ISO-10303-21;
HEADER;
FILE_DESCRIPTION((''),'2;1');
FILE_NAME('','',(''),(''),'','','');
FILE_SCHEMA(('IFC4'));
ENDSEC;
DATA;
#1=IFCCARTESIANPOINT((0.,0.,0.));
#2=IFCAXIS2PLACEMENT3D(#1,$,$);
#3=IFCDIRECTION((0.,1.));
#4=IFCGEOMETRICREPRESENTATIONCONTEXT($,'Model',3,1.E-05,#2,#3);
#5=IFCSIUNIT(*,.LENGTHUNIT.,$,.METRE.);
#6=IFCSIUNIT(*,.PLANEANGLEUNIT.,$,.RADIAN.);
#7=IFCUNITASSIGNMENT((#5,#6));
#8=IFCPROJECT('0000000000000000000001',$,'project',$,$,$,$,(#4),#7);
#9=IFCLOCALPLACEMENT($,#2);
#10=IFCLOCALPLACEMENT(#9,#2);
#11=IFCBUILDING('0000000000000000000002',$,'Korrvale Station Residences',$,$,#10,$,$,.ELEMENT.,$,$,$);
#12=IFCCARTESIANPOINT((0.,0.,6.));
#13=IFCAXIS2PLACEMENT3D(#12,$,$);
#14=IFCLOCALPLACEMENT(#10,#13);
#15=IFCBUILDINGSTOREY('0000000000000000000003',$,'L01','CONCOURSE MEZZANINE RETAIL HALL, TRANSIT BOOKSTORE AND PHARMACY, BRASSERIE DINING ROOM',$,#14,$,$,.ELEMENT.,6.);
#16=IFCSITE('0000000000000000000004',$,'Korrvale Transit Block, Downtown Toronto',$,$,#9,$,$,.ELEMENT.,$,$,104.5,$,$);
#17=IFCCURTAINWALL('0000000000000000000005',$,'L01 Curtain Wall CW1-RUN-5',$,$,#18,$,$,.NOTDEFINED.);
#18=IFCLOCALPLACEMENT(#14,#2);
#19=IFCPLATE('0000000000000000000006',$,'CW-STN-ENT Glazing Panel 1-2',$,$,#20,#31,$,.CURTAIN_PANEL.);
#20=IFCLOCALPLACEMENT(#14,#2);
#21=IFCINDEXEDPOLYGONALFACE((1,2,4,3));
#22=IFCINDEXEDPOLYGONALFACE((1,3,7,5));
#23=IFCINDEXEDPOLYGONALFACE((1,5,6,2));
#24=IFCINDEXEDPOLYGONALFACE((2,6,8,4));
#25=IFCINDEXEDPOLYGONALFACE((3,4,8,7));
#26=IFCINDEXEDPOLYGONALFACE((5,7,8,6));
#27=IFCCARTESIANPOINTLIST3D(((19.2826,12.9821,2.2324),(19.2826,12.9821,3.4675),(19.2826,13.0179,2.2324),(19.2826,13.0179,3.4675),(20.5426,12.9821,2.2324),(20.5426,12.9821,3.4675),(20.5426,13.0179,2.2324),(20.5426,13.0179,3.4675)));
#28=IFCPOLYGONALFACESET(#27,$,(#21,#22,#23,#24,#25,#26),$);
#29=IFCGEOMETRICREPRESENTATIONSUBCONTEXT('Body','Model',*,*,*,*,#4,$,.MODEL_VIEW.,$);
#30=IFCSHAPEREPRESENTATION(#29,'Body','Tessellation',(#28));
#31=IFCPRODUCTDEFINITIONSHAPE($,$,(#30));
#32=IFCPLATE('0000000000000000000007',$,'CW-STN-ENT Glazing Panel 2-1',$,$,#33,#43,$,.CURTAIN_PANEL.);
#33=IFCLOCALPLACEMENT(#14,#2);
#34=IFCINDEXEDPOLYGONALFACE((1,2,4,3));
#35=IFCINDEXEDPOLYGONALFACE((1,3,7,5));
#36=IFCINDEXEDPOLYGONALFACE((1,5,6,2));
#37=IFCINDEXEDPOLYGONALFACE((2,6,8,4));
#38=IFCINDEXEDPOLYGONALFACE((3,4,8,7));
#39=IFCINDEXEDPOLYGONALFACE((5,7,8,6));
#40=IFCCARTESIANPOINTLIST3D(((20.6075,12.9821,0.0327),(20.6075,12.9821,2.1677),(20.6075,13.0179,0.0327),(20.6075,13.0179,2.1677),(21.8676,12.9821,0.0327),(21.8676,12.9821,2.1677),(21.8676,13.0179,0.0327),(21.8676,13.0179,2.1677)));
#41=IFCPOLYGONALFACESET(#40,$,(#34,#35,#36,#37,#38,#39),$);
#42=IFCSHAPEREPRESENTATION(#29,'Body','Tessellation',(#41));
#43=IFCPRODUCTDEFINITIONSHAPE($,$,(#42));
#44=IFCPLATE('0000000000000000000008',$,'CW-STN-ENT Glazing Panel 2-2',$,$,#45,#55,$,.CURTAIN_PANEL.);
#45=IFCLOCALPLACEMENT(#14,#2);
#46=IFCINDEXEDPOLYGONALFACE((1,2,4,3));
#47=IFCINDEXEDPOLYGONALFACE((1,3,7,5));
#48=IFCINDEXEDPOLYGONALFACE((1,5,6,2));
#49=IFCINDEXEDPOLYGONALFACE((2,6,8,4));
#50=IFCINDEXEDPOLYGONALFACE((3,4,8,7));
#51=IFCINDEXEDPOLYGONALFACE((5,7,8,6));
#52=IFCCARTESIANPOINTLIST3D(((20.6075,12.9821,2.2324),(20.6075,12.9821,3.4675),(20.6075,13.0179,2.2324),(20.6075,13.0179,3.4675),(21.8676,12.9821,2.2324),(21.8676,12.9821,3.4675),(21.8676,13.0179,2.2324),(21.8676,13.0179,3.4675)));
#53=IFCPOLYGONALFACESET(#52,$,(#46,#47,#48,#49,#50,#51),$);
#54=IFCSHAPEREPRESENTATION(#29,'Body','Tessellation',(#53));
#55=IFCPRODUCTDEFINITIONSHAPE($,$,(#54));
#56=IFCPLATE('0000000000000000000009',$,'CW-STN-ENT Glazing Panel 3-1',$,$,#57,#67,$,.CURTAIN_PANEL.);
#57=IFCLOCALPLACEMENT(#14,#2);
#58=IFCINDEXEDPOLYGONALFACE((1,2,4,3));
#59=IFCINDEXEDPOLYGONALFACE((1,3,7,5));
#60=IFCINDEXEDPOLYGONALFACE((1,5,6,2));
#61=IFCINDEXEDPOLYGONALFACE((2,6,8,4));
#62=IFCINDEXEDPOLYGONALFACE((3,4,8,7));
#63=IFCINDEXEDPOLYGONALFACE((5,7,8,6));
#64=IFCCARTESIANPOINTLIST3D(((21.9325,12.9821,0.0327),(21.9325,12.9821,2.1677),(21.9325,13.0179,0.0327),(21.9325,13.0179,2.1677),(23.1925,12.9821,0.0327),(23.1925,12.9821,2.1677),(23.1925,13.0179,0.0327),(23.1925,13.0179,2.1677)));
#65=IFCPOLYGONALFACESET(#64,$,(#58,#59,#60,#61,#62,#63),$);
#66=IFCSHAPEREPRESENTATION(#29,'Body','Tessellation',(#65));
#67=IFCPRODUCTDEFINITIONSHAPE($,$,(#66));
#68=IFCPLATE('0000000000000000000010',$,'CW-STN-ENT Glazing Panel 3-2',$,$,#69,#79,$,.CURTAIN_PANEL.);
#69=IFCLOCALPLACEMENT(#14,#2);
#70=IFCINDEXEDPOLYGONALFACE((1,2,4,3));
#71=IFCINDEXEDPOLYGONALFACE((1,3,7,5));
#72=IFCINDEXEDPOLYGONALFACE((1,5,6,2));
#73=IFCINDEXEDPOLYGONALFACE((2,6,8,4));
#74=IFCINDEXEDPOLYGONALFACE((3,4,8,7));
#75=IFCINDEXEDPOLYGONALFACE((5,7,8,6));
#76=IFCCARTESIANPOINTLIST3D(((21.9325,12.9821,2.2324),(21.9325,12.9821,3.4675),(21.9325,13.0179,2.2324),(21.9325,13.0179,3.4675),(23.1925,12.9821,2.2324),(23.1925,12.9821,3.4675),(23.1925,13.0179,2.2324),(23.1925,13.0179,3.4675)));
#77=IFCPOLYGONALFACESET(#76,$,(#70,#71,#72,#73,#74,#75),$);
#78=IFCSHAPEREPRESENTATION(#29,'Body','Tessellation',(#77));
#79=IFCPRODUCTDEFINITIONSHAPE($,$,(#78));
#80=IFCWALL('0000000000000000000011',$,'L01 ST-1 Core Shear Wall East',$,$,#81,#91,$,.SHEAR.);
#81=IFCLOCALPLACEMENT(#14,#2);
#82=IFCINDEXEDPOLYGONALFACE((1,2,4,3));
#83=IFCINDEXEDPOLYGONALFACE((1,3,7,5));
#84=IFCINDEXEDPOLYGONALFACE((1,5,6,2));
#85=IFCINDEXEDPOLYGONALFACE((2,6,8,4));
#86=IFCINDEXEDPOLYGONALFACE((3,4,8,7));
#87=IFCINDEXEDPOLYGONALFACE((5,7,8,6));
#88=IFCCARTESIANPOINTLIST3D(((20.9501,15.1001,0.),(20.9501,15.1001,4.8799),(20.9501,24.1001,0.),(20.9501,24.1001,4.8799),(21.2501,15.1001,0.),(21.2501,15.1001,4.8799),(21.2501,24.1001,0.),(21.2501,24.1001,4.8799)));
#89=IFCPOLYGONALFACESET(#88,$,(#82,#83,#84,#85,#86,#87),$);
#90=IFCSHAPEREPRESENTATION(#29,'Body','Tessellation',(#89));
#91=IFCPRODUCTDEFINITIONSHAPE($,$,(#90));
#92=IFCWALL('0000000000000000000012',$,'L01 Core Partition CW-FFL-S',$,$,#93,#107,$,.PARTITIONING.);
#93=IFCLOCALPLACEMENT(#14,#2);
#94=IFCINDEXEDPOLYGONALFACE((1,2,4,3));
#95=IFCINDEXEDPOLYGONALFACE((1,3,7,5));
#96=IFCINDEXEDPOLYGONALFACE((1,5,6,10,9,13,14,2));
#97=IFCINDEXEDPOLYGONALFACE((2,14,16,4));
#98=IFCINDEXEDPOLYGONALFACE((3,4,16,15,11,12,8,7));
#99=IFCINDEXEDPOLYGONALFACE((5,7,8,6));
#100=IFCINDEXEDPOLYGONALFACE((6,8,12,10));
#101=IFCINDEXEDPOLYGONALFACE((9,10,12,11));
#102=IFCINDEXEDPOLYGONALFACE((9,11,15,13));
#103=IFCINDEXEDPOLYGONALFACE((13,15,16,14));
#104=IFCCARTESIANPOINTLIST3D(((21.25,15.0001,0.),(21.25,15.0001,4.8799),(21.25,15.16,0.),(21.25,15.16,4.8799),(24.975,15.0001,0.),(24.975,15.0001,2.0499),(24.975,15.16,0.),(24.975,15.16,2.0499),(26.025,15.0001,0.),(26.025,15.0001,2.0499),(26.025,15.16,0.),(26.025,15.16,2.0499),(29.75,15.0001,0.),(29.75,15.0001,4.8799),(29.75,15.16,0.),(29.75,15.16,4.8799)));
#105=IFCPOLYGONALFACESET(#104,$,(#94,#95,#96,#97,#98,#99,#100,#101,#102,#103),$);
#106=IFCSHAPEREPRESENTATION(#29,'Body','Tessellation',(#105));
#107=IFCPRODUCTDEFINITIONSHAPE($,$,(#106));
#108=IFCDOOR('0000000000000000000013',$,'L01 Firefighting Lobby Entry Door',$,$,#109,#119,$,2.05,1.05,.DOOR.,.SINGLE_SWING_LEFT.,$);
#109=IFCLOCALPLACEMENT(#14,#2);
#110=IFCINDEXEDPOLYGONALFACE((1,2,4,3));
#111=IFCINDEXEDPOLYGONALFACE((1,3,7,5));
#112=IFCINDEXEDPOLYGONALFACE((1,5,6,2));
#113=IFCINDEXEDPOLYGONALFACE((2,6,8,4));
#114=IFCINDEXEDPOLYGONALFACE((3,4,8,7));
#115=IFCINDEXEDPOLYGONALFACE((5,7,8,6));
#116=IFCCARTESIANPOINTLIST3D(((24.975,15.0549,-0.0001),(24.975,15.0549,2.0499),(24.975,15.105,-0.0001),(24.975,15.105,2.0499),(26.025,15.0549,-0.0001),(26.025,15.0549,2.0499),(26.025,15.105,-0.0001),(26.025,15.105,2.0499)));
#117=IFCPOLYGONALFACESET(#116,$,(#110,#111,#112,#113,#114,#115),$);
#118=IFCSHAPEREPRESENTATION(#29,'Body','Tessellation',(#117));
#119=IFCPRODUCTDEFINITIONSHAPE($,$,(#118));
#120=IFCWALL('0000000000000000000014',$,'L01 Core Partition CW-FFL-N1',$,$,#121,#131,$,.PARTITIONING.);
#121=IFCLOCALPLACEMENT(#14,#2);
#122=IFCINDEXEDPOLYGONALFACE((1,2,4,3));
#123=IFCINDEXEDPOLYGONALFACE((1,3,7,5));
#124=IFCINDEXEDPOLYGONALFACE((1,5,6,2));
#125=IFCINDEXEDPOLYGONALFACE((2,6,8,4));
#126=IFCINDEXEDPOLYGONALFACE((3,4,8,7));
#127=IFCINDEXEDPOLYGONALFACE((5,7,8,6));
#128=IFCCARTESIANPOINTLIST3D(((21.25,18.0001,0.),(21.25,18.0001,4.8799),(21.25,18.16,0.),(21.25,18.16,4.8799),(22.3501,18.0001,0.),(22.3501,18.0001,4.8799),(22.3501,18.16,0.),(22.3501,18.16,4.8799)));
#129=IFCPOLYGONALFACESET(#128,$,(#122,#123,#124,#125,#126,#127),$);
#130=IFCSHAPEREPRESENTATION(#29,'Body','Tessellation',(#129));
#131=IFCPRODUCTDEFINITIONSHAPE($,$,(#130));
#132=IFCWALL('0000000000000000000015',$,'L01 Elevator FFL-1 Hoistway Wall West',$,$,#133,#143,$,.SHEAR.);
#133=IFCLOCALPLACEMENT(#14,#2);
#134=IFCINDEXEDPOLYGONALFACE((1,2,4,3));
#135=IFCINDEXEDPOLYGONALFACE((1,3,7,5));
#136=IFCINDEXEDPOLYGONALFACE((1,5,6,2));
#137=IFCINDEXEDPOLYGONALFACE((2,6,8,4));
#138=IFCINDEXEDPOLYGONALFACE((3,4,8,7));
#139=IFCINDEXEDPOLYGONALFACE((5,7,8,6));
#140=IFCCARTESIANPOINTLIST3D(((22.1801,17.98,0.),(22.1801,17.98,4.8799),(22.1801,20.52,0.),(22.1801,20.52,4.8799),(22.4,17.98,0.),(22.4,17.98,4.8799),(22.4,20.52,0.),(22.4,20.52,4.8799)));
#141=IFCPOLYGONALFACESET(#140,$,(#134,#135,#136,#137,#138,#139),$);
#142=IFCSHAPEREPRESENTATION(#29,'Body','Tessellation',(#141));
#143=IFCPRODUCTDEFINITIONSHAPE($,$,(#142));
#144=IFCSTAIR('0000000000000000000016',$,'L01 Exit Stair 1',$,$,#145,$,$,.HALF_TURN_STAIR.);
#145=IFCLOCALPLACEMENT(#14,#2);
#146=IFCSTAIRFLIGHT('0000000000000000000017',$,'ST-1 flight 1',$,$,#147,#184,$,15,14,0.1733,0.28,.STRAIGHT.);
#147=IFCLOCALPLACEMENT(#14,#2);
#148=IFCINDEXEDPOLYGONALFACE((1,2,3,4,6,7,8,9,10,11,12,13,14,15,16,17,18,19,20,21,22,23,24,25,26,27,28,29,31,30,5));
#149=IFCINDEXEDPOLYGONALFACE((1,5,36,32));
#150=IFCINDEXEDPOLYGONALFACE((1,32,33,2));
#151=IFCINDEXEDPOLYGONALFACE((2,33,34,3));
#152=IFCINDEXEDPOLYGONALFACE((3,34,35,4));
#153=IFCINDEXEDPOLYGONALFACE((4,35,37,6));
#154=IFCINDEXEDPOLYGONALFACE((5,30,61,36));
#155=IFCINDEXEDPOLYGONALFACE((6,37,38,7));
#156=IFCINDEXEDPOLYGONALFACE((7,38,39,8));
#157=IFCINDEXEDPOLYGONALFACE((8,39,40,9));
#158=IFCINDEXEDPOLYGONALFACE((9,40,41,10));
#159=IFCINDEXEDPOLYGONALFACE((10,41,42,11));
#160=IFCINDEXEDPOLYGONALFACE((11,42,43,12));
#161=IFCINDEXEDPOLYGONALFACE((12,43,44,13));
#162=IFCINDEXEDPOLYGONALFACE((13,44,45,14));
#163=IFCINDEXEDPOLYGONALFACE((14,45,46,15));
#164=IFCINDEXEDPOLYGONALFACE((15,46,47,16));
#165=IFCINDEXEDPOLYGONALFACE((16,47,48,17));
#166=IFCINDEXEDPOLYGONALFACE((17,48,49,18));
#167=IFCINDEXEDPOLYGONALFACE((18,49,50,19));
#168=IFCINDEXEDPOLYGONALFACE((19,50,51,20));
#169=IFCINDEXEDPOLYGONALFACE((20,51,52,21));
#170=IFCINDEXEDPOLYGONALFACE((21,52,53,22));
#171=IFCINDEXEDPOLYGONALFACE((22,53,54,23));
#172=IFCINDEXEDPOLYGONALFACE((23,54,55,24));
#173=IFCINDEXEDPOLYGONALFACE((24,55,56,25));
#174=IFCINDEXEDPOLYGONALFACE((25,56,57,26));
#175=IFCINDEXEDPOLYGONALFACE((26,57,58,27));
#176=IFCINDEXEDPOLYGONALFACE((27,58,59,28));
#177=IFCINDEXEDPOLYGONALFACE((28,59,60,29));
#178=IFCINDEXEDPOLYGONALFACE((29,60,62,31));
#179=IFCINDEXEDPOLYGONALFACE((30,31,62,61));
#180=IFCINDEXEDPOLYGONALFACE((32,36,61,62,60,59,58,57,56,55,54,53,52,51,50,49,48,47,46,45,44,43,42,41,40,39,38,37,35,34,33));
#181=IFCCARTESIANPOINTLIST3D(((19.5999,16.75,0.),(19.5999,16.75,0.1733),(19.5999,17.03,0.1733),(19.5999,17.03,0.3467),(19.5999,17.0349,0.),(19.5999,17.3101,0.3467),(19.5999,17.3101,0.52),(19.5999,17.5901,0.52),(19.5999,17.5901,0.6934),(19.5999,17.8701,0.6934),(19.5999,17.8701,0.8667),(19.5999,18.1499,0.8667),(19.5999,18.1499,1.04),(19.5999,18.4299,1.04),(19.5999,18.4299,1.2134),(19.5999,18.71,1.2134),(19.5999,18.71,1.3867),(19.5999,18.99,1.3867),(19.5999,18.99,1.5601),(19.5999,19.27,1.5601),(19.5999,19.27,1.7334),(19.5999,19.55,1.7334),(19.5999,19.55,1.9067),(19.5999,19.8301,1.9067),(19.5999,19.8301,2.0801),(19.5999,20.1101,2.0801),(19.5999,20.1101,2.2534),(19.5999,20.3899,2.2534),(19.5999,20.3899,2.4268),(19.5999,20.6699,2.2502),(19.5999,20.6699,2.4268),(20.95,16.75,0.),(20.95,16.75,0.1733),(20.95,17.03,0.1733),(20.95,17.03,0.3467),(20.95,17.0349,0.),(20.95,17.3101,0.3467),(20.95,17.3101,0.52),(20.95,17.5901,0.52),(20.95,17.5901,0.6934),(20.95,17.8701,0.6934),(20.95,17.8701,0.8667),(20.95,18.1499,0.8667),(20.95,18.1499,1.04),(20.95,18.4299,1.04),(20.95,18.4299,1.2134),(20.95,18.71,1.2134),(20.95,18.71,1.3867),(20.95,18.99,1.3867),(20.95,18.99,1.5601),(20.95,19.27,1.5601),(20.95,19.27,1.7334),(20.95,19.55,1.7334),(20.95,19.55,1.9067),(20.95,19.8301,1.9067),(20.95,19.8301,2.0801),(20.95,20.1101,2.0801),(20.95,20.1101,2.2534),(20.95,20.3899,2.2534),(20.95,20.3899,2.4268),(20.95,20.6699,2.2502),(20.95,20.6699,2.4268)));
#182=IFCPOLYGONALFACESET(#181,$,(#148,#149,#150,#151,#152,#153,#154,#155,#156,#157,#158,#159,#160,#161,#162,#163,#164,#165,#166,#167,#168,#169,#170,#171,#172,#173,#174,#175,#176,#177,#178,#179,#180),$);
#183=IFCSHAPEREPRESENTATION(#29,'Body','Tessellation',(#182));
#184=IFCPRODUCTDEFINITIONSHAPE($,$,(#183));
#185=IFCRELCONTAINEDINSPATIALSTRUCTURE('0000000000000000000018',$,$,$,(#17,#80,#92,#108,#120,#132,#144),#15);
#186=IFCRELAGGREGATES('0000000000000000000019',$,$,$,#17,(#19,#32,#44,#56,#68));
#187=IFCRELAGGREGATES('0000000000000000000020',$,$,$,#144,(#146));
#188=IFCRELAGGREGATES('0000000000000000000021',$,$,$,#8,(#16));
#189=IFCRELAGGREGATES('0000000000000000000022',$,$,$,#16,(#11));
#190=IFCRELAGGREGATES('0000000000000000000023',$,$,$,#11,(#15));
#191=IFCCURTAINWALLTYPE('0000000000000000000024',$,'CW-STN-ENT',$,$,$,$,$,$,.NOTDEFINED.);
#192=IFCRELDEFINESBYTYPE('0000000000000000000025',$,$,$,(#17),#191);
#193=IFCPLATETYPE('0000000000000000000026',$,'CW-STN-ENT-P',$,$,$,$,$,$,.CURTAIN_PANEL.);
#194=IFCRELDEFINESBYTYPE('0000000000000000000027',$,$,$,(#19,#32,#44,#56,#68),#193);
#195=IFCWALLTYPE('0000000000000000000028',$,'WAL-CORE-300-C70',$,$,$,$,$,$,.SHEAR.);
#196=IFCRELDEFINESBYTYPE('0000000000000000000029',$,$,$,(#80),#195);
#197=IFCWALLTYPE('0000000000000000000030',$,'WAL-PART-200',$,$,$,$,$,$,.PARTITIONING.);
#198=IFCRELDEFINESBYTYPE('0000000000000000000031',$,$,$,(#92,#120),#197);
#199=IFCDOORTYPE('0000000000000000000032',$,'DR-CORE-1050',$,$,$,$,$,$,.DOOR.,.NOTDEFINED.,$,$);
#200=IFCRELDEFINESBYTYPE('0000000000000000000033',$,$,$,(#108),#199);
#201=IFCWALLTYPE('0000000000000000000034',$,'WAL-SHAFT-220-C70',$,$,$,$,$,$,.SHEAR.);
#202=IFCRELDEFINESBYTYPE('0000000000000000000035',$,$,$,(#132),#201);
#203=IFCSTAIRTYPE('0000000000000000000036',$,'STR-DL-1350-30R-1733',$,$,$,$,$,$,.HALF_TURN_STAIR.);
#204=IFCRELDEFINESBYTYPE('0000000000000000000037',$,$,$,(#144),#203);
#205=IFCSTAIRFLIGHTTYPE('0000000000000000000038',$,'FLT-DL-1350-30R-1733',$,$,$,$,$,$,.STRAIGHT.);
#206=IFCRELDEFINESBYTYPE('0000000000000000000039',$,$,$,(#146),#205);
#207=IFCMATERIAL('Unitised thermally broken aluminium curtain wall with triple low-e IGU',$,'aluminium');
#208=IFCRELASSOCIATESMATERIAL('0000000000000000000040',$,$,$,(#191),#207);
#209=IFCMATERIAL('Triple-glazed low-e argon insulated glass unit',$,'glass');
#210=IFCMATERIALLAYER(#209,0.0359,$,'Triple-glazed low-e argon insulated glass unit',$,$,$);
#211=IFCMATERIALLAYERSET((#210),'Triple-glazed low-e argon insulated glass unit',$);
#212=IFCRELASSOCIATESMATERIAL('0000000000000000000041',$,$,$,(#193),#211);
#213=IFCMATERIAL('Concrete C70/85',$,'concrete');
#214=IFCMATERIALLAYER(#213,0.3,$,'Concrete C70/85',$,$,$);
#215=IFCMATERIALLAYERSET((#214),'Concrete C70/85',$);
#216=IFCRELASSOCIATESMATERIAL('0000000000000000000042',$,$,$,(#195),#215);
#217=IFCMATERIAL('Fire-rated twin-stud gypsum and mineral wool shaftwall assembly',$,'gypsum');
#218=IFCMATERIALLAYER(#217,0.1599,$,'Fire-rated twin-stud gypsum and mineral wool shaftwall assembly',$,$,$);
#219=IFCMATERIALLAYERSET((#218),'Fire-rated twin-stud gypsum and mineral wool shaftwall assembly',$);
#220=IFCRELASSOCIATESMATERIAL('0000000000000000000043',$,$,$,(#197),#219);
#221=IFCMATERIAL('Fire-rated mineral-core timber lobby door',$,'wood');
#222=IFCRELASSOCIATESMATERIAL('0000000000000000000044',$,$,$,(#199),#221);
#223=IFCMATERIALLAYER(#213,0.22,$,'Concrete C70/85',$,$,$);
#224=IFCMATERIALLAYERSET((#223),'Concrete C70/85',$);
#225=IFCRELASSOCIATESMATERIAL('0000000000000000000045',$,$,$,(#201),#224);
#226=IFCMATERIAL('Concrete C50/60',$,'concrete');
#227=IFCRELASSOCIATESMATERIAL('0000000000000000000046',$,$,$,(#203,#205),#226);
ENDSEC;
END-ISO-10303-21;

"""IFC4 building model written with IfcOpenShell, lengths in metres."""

from ifc_helpers import new_model, si_unit, direction, frame, frame_2d, origin, origin_2d, place, context, subcontext, project, spatial, polyline, rectangle, outline, extrude, material, layer, layer_set, type_object, element, fill, aggregate, save


model = new_model("IFC4")

# Units and contexts
model_context = context("Model", 3, precision=1e-05, world=origin(), true_north=direction((0.0, 1.0)))
body_context = subcontext(model_context, "Body", "Model", "MODEL_VIEW")
ifc_project = project(units=[si_unit("LENGTHUNIT", "METRE"), si_unit("PLANEANGLEUNIT", "RADIAN")], contexts=[model_context])

# Site, building, storey
site_placement = place(None, origin())
site = spatial("IfcSite", under=ifc_project, at=site_placement, Name="Korrvale Transit Block, Downtown Toronto", CompositionType="ELEMENT", RefElevation=104.5)
building_placement = place(site_placement, origin())
building = spatial("IfcBuilding", under=site, at=building_placement, Name="Korrvale Station Residences", CompositionType="ELEMENT")
storey_placement = place(building_placement, frame((0.0, 0.0, 6.0)))
storey = spatial("IfcBuildingStorey", under=building, at=storey_placement, Name="L01", Description="CONCOURSE MEZZANINE RETAIL HALL, TRANSIT BOOKSTORE AND PHARMACY, BRASSERIE DINING ROOM", CompositionType="ELEMENT", Elevation=6.0)

# Shared definitions
ifc_material_1 = material(Name="Concrete C70/85", Category="concrete")

# Curtain wall, plates
ifc_material_2 = material(Name="Unitised thermally broken aluminium curtain wall with triple low-e IGU", Category="aluminium")
curtain_wall_type = type_object("IfcCurtainWallType", Name="CW-STN-ENT", PredefinedType="NOTDEFINED", material=ifc_material_2)
curtain_wall_placement = place(storey_placement, origin())
curtain_wall = element("IfcCurtainWall", 1, at=curtain_wall_placement, inside=storey, type_object=curtain_wall_type, Name="L01 Curtain Wall CW1-RUN-5", PredefinedType="NOTDEFINED")
ifc_material_3 = material(Name="Triple-glazed low-e argon insulated glass unit", Category="glass")
ifc_layer_1 = layer(ifc_material_3, 0.0359, Name="Triple-glazed low-e argon insulated glass unit")
ifc_layer_set_1 = layer_set([ifc_layer_1], Name="Triple-glazed low-e argon insulated glass unit")
plate_type = type_object("IfcPlateType", Name="CW-STN-ENT-P", PredefinedType="CURTAIN_PANEL", material=ifc_layer_set_1)
plate_1_placement = place(storey_placement, frame((19.9126, 13.0, 2.2324), z_axis=(0.0, 0.0, 1.0), x_axis=(1.0, 0.0, 0.0)))
plate_1 = element("IfcPlate", 2, at=plate_1_placement, type_object=plate_type, Name="CW-STN-ENT Glazing Panel 1-2", PredefinedType="CURTAIN_PANEL", context=body_context, shape_type="SweptSolid", body=[
    extrude(rectangle(XDim=1.26, YDim=0.0359, at=origin_2d()), origin(), (0.0, 0.0, 1.0), 1.2351),
])
plate_2_placement = place(storey_placement, frame((21.2375, 13.0, 0.0327), z_axis=(0.0, 0.0, 1.0), x_axis=(1.0, 0.0, 0.0)))
plate_2 = element("IfcPlate", 3, at=plate_2_placement, type_object=plate_type, Name="CW-STN-ENT Glazing Panel 2-1", PredefinedType="CURTAIN_PANEL", context=body_context, shape_type="SweptSolid", body=[
    extrude(rectangle(XDim=1.26, YDim=0.0359, at=origin_2d()), origin(), (0.0, 0.0, 1.0), 2.135),
])
plate_3_placement = place(storey_placement, frame((21.2375, 13.0, 2.2324), z_axis=(0.0, 0.0, 1.0), x_axis=(1.0, 0.0, 0.0)))
plate_3 = element("IfcPlate", 4, at=plate_3_placement, type_object=plate_type, Name="CW-STN-ENT Glazing Panel 2-2", PredefinedType="CURTAIN_PANEL", context=body_context, shape_type="SweptSolid", body=[
    extrude(rectangle(XDim=1.26, YDim=0.0359, at=origin_2d()), origin(), (0.0, 0.0, 1.0), 1.2351),
])
plate_4_placement = place(storey_placement, frame((22.5625, 13.0, 0.0327), z_axis=(0.0, 0.0, 1.0), x_axis=(1.0, 0.0, 0.0)))
plate_4 = element("IfcPlate", 5, at=plate_4_placement, type_object=plate_type, Name="CW-STN-ENT Glazing Panel 3-1", PredefinedType="CURTAIN_PANEL", context=body_context, shape_type="SweptSolid", body=[
    extrude(rectangle(XDim=1.26, YDim=0.0359, at=origin_2d()), origin(), (0.0, 0.0, 1.0), 2.135),
])
plate_5_placement = place(storey_placement, frame((22.5625, 13.0, 2.2324), z_axis=(0.0, 0.0, 1.0), x_axis=(1.0, 0.0, 0.0)))
plate_5 = element("IfcPlate", 6, at=plate_5_placement, type_object=plate_type, Name="CW-STN-ENT Glazing Panel 3-2", PredefinedType="CURTAIN_PANEL", context=body_context, shape_type="SweptSolid", body=[
    extrude(rectangle(XDim=1.26, YDim=0.0359, at=origin_2d()), origin(), (0.0, 0.0, 1.0), 1.2351),
])
aggregate(curtain_wall, [plate_1, plate_2, plate_3, plate_4, plate_5])

# Wall
ifc_layer_2 = layer(ifc_material_1, 0.3, Name="Concrete C70/85")
ifc_layer_set_2 = layer_set([ifc_layer_2], Name="Concrete C70/85")
wall_type_1 = type_object("IfcWallType", Name="WAL-CORE-300-C70", PredefinedType="SHEAR", material=ifc_layer_set_2)
wall_1_placement = place(storey_placement, frame((21.1001, 15.1001, 0.0), z_axis=(0.0, 0.0, 1.0), x_axis=(0.0, 1.0, 0.0)))
element("IfcWall", 7, at=wall_1_placement, inside=storey, type_object=wall_type_1, Name="L01 ST-1 Core Shear Wall East", PredefinedType="SHEAR", context=body_context, shape_type="SweptSolid", body=[
    extrude(rectangle(XDim=9.0, YDim=0.3, at=frame_2d((4.5, 0.0))), origin(), (0.0, 0.0, 1.0), 4.8799),
])

# Wall, opening, door
ifc_material_4 = material(Name="Fire-rated twin-stud gypsum and mineral wool shaftwall assembly", Category="gypsum")
ifc_layer_3 = layer(ifc_material_4, 0.1599, Name="Fire-rated twin-stud gypsum and mineral wool shaftwall assembly")
ifc_layer_set_3 = layer_set([ifc_layer_3], Name="Fire-rated twin-stud gypsum and mineral wool shaftwall assembly")
wall_type_2 = type_object("IfcWallType", Name="WAL-PART-200", PredefinedType="PARTITIONING", material=ifc_layer_set_3)
wall_2_placement = place(storey_placement, frame((21.25, 15.0801, 0.0), z_axis=(0.0, 0.0, 1.0), x_axis=(1.0, 0.0, 0.0)))
wall_2 = element("IfcWall", 8, at=wall_2_placement, inside=storey, type_object=wall_type_2, Name="L01 Core Partition CW-FFL-S", PredefinedType="PARTITIONING", context=body_context, shape_type="SweptSolid", body=[
    extrude(rectangle(XDim=8.5, YDim=0.1599, at=frame_2d((4.25, 0.0))), origin(), (0.0, 0.0, 1.0), 4.8799),
])
opening_1_placement = place(wall_2_placement, frame((3.7251, 0.0, 0.0)))
opening_1 = element("IfcOpeningElement", 9, at=opening_1_placement, cuts=wall_2, PredefinedType="OPENING", context=body_context, shape_type="SweptSolid", body=[
    extrude(rectangle(XDim=1.05, YDim=2.05, at=frame_2d((0.5249, 1.0249))), frame((0.0, 0.0898, 0.0), z_axis=(0.0, -1.0, 0.0), x_axis=(1.0, 0.0, 0.0)), (0.0, 0.0, 1.0), 0.1799),
])
ifc_material_5 = material(Name="Fire-rated mineral-core timber lobby door", Category="wood")
door_type_1 = type_object("IfcDoorType", Name="DR-CORE-1050", OperationType="NOTDEFINED", PredefinedType="DOOR", material=ifc_material_5)
door_1_placement = place(opening_1_placement, origin())
door_1 = element("IfcDoor", 10, at=door_1_placement, inside=storey, type_object=door_type_1, Name="L01 Firefighting Lobby Entry Door", OperationType="SINGLE_SWING_LEFT", OverallHeight=2.05, OverallWidth=1.05, PredefinedType="DOOR", context=body_context, shape_type="SweptSolid", body=[
    extrude(rectangle(XDim=1.05, YDim=2.05, at=frame_2d((0.5249, 1.0249))), frame((0.0, 0.0249, 0.0), z_axis=(0.0, -1.0, 0.0), x_axis=(1.0, 0.0, 0.0)), (0.0, 0.0, 1.0), 0.05),
])
fill(opening_1, door_1)

# Wall
wall_3_placement = place(storey_placement, frame((21.25, 18.0801, 0.0), z_axis=(0.0, 0.0, 1.0), x_axis=(1.0, 0.0, 0.0)))
element("IfcWall", 11, at=wall_3_placement, inside=storey, type_object=wall_type_2, Name="L01 Core Partition CW-FFL-N1", PredefinedType="PARTITIONING", context=body_context, shape_type="SweptSolid", body=[
    extrude(rectangle(XDim=1.1001, YDim=0.1599, at=frame_2d((0.55, 0.0))), origin(), (0.0, 0.0, 1.0), 4.8799),
])

# Shared definitions
ifc_layer_4 = layer(ifc_material_1, 0.22, Name="Concrete C70/85")
ifc_layer_set_4 = layer_set([ifc_layer_4], Name="Concrete C70/85")
wall_type_3 = type_object("IfcWallType", Name="WAL-SHAFT-220-C70", PredefinedType="SHEAR", material=ifc_layer_set_4)

# Wall
wall_4_placement = place(storey_placement, frame((22.29, 17.98, 0.0), z_axis=(0.0, 0.0, 1.0), x_axis=(0.0, 1.0, 0.0)))
element("IfcWall", 12, at=wall_4_placement, inside=storey, type_object=wall_type_3, Name="L01 Elevator FFL-1 Hoistway Wall West", PredefinedType="SHEAR", context=body_context, shape_type="SweptSolid", body=[
    extrude(rectangle(XDim=2.54, YDim=0.22, at=frame_2d((1.27, 0.0))), origin(), (0.0, 0.0, 1.0), 4.8799),
])

# Stair, stair flight
ifc_material_6 = material(Name="Concrete C50/60", Category="concrete")
stair_type = type_object("IfcStairType", Name="STR-DL-1350-30R-1733", PredefinedType="HALF_TURN_STAIR", material=ifc_material_6)
stair_placement = place(storey_placement, origin())
stair = element("IfcStair", 13, at=stair_placement, inside=storey, type_object=stair_type, Name="L01 Exit Stair 1", PredefinedType="HALF_TURN_STAIR")
stair_flight_type = type_object("IfcStairFlightType", Name="FLT-DL-1350-30R-1733", PredefinedType="STRAIGHT", material=ifc_material_6)
stair_flight_placement = place(storey_placement, frame((20.2749, 16.75, 0.0), z_axis=(0.0, 0.0, 1.0), x_axis=(0.0, 1.0, 0.0)))
stair_flight = element("IfcStairFlight", 14, at=stair_flight_placement, type_object=stair_flight_type, Name="ST-1 flight 1", NumberOfRisers=15, NumberOfTreads=14, PredefinedType="STRAIGHT", RiserHeight=0.1733, TreadLength=0.28, context=body_context, shape_type="SweptSolid", body=[
    extrude(outline(polyline([(0.0, 0.0), (0.0, 0.1733), (0.28, 0.1733), (0.28, 0.3467), (0.5601, 0.3467), (0.5601, 0.52), (0.8401, 0.52), (0.8401, 0.6934), (1.1201, 0.6934), (1.1201, 0.8667), (1.3999, 0.8667), (1.3999, 1.04), (1.6799, 1.04), (1.6799, 1.2134), (1.96, 1.2134), (1.96, 1.3867), (2.24, 1.3867), (2.24, 1.5601), (2.52, 1.5601), (2.52, 1.7334), (2.8, 1.7334), (2.8, 1.9067), (3.0801, 1.9067), (3.0801, 2.0801), (3.3601, 2.0801), (3.3601, 2.2534), (3.6399, 2.2534), (3.6399, 2.4268), (3.9199, 2.4268), (3.9199, 2.6001), (3.9199, 2.2502), (0.2849, 0.0), (0.0, 0.0)])), frame((0.0, 0.675, 0.0), z_axis=(0.0, -1.0, 0.0), x_axis=(1.0, 0.0, 0.0)), (0.0, 0.0, 1.0), 1.3501),
])
aggregate(stair, [stair_flight])

save(model, "model.ifc")
